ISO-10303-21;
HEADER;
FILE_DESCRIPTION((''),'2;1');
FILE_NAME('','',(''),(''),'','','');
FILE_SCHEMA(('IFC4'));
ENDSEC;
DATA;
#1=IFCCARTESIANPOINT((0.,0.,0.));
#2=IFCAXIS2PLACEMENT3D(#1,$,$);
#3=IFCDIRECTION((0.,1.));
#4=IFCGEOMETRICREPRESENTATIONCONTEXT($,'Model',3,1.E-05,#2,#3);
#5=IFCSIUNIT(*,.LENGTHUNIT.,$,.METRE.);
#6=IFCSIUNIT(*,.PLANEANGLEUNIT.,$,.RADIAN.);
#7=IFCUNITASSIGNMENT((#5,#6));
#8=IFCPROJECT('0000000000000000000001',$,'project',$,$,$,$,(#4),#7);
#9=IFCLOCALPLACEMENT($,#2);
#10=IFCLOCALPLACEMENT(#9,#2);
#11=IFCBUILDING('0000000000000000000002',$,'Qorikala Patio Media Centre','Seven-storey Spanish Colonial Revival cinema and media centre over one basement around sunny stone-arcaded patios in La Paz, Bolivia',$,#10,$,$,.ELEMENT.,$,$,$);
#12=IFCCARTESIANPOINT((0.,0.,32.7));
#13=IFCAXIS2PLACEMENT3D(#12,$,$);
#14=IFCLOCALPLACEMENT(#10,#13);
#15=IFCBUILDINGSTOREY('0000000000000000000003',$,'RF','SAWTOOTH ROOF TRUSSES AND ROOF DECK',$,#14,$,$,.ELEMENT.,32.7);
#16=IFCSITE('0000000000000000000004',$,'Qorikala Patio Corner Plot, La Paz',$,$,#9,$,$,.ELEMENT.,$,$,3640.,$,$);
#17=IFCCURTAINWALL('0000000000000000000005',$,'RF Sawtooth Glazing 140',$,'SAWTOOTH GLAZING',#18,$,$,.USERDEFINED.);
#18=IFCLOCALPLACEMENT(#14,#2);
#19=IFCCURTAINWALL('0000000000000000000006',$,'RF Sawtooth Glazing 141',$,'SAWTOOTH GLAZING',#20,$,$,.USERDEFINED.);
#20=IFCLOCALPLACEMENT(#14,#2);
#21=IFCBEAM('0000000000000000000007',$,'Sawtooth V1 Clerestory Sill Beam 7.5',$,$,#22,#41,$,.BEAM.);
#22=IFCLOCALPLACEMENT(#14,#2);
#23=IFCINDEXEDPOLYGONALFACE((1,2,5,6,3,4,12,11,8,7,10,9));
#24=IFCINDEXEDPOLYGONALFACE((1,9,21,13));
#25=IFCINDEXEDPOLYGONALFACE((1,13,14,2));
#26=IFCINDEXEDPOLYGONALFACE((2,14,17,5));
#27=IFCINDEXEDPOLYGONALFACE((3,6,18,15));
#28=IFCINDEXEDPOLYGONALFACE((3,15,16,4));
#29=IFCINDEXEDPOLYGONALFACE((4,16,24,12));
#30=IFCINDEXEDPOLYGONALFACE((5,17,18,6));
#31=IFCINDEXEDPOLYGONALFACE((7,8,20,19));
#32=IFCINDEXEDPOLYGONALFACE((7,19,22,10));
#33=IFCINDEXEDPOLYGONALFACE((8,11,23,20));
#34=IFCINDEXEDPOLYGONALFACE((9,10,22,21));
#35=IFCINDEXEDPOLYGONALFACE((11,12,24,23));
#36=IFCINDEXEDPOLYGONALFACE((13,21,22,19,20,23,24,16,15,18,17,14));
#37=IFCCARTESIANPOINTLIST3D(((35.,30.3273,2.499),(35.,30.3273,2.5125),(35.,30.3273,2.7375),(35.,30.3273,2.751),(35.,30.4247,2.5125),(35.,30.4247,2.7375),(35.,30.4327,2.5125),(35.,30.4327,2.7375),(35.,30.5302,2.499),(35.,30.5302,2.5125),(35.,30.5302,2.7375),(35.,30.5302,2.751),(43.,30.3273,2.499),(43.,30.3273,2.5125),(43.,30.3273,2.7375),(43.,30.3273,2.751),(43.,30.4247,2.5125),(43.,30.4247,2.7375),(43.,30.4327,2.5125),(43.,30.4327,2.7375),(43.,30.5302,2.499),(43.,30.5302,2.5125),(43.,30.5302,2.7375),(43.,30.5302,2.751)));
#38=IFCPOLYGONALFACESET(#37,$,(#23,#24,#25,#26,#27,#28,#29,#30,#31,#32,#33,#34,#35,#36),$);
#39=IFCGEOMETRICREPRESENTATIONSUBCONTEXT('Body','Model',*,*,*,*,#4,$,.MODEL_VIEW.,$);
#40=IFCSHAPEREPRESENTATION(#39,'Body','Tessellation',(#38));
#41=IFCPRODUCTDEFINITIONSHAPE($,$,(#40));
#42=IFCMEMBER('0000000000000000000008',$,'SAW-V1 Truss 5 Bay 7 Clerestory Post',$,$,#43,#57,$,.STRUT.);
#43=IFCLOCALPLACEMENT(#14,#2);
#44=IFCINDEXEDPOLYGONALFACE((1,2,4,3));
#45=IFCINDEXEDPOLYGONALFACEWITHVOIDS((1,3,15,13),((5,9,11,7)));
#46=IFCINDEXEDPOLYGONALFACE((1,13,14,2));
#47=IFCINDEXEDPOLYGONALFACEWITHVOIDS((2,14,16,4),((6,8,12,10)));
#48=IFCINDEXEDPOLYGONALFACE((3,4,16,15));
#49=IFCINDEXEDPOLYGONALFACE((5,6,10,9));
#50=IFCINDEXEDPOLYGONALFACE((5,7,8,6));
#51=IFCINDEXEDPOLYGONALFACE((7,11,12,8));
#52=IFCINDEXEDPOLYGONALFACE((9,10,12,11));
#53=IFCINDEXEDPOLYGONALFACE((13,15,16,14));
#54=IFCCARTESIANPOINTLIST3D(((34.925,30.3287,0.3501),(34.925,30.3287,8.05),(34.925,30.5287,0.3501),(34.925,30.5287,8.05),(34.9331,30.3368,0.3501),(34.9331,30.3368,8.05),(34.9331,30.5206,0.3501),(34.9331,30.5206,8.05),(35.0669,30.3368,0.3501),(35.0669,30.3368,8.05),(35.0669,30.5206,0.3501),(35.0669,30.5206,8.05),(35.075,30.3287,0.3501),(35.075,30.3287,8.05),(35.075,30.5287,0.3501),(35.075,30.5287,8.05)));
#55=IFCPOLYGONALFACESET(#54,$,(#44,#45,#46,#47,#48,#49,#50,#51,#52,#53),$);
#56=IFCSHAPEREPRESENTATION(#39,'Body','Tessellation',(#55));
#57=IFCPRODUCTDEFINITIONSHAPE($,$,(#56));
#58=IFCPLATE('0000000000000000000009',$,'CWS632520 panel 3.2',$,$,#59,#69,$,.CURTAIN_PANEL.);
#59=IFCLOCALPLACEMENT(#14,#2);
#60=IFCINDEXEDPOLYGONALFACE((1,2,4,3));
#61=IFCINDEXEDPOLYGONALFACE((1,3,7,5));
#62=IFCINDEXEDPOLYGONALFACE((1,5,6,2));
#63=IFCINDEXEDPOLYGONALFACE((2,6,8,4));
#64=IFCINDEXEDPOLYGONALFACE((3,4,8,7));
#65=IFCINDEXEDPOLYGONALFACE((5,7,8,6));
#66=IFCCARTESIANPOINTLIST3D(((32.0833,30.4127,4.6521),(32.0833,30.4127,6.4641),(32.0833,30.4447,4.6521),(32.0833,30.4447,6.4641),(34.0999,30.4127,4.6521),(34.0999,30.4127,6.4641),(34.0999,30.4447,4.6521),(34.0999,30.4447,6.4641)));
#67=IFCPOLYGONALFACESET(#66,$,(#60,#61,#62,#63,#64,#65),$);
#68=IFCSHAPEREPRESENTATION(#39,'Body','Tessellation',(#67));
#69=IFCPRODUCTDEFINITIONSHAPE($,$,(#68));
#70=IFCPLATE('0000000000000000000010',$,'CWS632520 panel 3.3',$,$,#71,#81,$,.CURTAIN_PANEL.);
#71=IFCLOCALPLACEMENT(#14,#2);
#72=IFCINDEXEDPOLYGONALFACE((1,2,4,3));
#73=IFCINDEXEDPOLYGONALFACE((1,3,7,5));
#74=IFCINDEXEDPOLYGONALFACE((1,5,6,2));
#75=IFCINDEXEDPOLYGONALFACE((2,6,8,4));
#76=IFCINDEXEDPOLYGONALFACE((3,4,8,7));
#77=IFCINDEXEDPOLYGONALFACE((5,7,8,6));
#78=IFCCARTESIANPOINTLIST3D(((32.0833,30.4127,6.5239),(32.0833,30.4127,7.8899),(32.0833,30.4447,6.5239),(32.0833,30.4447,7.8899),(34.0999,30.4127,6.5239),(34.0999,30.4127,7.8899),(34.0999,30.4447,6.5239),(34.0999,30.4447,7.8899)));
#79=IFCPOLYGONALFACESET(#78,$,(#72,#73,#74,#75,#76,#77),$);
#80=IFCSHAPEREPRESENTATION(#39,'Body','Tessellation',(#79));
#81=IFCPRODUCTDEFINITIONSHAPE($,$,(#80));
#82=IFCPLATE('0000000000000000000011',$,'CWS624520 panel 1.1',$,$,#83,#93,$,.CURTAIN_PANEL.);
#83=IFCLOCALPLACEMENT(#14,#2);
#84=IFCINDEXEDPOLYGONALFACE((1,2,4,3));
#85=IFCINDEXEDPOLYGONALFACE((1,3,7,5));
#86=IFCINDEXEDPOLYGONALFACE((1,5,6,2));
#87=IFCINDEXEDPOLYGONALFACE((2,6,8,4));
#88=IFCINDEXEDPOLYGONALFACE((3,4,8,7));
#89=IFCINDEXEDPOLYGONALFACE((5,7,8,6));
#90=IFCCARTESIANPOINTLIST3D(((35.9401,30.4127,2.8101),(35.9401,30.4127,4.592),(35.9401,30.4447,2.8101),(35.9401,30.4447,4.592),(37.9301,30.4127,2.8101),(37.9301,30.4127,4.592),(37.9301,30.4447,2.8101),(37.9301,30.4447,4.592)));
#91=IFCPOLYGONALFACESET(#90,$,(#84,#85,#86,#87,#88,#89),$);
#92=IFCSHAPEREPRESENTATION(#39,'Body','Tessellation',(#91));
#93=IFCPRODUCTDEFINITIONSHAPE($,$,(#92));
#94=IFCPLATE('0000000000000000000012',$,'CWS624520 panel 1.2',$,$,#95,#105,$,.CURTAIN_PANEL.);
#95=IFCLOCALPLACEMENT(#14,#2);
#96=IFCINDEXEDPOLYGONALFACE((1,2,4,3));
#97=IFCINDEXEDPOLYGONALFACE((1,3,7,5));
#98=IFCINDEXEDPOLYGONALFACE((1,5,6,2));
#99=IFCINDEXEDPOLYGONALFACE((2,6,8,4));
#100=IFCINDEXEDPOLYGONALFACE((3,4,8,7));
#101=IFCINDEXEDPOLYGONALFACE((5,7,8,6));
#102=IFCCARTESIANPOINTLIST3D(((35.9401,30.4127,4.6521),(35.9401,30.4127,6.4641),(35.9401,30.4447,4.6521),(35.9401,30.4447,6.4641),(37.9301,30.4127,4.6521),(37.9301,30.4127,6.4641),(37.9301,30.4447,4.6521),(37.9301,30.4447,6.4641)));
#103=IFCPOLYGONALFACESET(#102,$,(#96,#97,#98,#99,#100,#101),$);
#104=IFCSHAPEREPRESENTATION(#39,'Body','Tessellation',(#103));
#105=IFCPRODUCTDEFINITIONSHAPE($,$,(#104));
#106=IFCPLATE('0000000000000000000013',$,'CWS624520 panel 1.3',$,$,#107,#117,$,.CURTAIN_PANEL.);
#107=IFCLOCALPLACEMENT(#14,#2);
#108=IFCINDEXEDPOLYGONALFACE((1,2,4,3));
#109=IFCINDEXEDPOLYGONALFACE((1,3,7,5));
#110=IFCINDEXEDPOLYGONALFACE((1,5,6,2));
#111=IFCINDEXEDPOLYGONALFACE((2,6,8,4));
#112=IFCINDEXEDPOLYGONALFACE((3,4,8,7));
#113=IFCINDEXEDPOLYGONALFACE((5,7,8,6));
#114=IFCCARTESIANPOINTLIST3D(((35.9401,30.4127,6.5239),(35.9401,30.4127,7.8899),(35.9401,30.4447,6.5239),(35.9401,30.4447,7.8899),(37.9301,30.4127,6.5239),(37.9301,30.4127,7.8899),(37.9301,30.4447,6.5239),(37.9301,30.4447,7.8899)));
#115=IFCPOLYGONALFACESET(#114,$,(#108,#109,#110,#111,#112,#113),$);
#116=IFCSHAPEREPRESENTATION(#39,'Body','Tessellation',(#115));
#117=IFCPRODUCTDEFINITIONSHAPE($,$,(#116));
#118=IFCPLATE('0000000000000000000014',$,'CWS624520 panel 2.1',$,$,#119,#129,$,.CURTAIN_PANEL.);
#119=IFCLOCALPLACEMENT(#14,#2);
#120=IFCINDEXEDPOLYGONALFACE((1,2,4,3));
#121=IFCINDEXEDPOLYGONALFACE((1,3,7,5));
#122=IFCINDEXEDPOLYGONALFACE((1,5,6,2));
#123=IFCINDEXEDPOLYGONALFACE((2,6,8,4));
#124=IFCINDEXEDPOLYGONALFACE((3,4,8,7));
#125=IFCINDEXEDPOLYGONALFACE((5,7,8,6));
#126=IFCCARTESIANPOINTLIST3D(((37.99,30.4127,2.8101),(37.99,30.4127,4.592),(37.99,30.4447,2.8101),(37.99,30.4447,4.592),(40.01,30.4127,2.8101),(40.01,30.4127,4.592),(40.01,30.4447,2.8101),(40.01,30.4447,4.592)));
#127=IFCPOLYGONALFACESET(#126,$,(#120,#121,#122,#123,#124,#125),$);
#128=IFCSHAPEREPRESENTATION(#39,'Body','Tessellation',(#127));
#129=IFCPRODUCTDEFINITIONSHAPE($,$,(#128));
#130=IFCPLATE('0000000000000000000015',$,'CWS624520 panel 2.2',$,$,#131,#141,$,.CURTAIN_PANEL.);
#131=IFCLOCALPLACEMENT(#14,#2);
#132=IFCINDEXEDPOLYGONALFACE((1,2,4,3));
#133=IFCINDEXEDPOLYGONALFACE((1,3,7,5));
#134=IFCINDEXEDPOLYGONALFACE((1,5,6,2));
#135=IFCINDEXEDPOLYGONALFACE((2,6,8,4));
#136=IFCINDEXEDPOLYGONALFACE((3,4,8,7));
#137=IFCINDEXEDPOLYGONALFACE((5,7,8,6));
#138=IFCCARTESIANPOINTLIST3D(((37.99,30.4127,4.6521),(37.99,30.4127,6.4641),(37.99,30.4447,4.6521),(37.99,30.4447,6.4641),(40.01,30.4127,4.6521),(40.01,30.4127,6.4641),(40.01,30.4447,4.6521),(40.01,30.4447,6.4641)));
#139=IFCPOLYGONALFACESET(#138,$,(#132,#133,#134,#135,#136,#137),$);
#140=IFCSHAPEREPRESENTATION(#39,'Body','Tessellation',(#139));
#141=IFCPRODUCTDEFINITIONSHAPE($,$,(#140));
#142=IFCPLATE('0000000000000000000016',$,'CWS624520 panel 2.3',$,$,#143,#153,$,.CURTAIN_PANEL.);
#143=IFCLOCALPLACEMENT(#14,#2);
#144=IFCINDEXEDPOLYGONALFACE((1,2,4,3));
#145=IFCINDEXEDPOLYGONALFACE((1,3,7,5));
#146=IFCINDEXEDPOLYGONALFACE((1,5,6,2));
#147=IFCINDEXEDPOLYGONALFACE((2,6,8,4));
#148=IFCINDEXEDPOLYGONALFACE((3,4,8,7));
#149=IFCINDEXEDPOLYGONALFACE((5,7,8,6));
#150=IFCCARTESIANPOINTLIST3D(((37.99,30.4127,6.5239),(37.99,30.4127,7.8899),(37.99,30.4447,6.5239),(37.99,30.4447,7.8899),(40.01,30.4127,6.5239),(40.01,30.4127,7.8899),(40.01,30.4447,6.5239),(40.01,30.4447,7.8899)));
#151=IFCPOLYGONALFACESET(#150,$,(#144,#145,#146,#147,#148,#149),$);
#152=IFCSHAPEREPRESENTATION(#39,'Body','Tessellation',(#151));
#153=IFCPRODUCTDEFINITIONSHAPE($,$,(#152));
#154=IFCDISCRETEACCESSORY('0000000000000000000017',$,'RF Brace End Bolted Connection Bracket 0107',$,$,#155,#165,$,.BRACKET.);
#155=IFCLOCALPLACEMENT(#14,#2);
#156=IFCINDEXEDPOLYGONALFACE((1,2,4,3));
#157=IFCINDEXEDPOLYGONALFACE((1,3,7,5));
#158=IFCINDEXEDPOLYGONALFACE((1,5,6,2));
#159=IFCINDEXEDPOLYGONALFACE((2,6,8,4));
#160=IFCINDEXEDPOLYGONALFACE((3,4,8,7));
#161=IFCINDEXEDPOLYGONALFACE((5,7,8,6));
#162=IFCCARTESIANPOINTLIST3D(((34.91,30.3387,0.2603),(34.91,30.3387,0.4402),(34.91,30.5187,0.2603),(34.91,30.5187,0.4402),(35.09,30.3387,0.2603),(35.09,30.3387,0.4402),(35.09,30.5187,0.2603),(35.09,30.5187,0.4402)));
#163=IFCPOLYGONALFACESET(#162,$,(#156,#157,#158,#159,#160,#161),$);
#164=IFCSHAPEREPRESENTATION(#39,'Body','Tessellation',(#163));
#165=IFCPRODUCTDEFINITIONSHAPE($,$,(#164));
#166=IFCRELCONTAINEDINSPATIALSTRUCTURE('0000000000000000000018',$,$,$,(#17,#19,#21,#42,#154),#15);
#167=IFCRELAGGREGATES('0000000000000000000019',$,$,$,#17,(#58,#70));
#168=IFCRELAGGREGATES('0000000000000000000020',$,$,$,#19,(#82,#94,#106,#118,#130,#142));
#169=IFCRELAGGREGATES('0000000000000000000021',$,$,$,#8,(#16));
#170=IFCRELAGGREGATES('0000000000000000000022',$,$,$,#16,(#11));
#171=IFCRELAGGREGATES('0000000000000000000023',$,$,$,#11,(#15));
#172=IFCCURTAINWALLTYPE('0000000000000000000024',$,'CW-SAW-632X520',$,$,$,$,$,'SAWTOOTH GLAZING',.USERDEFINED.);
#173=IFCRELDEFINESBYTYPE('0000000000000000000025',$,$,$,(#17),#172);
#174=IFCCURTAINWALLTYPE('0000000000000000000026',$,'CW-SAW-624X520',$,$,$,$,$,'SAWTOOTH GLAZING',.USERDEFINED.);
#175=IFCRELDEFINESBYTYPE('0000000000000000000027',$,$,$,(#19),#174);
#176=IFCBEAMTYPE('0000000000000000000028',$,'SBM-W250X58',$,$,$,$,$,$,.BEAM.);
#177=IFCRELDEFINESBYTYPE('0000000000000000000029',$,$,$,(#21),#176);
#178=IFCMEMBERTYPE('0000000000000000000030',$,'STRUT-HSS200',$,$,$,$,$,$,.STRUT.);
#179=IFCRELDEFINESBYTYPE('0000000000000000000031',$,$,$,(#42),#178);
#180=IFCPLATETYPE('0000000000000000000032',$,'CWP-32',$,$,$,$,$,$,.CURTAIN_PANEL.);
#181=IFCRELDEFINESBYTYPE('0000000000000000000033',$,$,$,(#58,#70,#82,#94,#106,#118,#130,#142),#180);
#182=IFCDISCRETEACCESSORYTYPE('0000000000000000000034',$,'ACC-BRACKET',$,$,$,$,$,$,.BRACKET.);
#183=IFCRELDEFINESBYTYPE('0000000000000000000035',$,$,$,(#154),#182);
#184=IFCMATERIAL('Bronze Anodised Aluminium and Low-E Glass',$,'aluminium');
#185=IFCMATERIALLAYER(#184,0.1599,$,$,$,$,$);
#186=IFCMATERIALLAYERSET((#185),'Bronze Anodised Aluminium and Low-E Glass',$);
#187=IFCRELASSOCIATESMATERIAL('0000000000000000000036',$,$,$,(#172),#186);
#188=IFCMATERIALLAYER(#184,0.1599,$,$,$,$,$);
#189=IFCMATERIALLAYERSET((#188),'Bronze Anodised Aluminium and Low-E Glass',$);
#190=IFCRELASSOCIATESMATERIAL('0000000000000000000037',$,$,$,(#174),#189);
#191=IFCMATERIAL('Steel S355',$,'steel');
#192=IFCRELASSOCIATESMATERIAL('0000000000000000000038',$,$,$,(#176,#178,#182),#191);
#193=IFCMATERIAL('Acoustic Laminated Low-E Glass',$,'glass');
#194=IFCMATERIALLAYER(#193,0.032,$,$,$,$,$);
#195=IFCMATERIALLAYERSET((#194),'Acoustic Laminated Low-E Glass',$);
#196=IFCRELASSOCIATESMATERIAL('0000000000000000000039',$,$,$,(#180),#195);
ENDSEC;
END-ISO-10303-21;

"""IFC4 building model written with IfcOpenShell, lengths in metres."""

from ifc_helpers import new_model, si_unit, direction, frame, origin, origin_2d, place, context, subcontext, project, spatial, rectangle, hollow_rectangle, i_section, extrude, material, layer, layer_set, material_profile, profile_set, type_object, element, aggregate, save


model = new_model("IFC4")

# Units and contexts
model_context = context("Model", 3, precision=1e-05, world=origin(), true_north=direction((0.0, 1.0)))
body_context = subcontext(model_context, "Body", "Model", "MODEL_VIEW")
ifc_project = project(units=[si_unit("LENGTHUNIT", "METRE"), si_unit("PLANEANGLEUNIT", "RADIAN")], contexts=[model_context])

# Site, building, storey
site_placement = place(None, origin())
site = spatial("IfcSite", under=ifc_project, at=site_placement, Name="Qorikala Patio Corner Plot, La Paz", CompositionType="ELEMENT", RefElevation=3640.0)
building_placement = place(site_placement, origin())
building = spatial("IfcBuilding", under=site, at=building_placement, Name="Qorikala Patio Media Centre", Description="Seven-storey Spanish Colonial Revival cinema and media centre over one basement around sunny stone-arcaded patios in La Paz, Bolivia", CompositionType="ELEMENT")
storey_placement = place(building_placement, frame((0.0, 0.0, 32.7)))
storey = spatial("IfcBuildingStorey", under=building, at=storey_placement, Name="RF", Description="SAWTOOTH ROOF TRUSSES AND ROOF DECK", CompositionType="ELEMENT", Elevation=32.7)

# Shared definitions
ifc_material_1 = material(Name="Steel S355", Category="steel")

# Curtain wall
ifc_material_2 = material(Name="Bronze Anodised Aluminium and Low-E Glass", Category="aluminium")
ifc_layer_1 = layer(ifc_material_2, 0.1599)
ifc_layer_set_1 = layer_set([ifc_layer_1], Name="Bronze Anodised Aluminium and Low-E Glass")
curtain_wall_type_1 = type_object("IfcCurtainWallType", Name="CW-SAW-632X520", ElementType="SAWTOOTH GLAZING", PredefinedType="USERDEFINED", material=ifc_layer_set_1)
curtain_wall_1_placement = place(storey_placement, origin())
curtain_wall_1 = element("IfcCurtainWall", 1, at=curtain_wall_1_placement, inside=storey, type_object=curtain_wall_type_1, Name="RF Sawtooth Glazing 140", ObjectType="SAWTOOTH GLAZING", PredefinedType="USERDEFINED")

# Curtain wall
ifc_layer_2 = layer(ifc_material_2, 0.1599)
ifc_layer_set_2 = layer_set([ifc_layer_2], Name="Bronze Anodised Aluminium and Low-E Glass")
curtain_wall_type_2 = type_object("IfcCurtainWallType", Name="CW-SAW-624X520", ElementType="SAWTOOTH GLAZING", PredefinedType="USERDEFINED", material=ifc_layer_set_2)
curtain_wall_2_placement = place(storey_placement, origin())
curtain_wall_2 = element("IfcCurtainWall", 2, at=curtain_wall_2_placement, inside=storey, type_object=curtain_wall_type_2, Name="RF Sawtooth Glazing 141", ObjectType="SAWTOOTH GLAZING", PredefinedType="USERDEFINED")

# Beam
ifc_material_profile_1 = material_profile(ifc_material_1, i_section(OverallWidth=0.2029, OverallDepth=0.252, WebThickness=0.0081, FlangeThickness=0.0134, at=origin_2d()), Name="W250X58")
ifc_profile_set_1 = profile_set([ifc_material_profile_1], Name="Steel S355")
beam_type = type_object("IfcBeamType", Name="SBM-W250X58", PredefinedType="BEAM", material=ifc_profile_set_1)
beam_placement = place(storey_placement, frame((35.0, 30.4287, 2.625), z_axis=(1.0, 0.0, 0.0), x_axis=(0.0, 1.0, 0.0)))
element("IfcBeam", 3, at=beam_placement, inside=storey, type_object=beam_type, Name="Sawtooth V1 Clerestory Sill Beam 7.5", PredefinedType="BEAM", context=body_context, shape_type="SweptSolid", body=[
    extrude(i_section(OverallWidth=0.2029, OverallDepth=0.252, WebThickness=0.0081, FlangeThickness=0.0134, at=origin_2d()), origin(), (0.0, 0.0, 1.0), 8.0),
])

# Member
ifc_material_profile_2 = material_profile(ifc_material_1, hollow_rectangle(XDim=0.1499, YDim=0.2, WallThickness=0.0081, at=origin_2d()), Name="HSS200X150X8")
ifc_profile_set_2 = profile_set([ifc_material_profile_2], Name="Steel S355")
member_type_1 = type_object("IfcMemberType", Name="STRUT-HSS200", PredefinedType="STRUT", material=ifc_profile_set_2)
member_1_placement = place(storey_placement, frame((35.0, 30.4287, 0.3501), z_axis=(0.0, 0.0, 1.0), x_axis=(1.0, 0.0, 0.0)))
element("IfcMember", 4, at=member_1_placement, inside=storey, type_object=member_type_1, Name="SAW-V1 Truss 5 Bay 7 Clerestory Post", PredefinedType="STRUT", context=body_context, shape_type="SweptSolid", body=[
    extrude(hollow_rectangle(XDim=0.1499, YDim=0.2, WallThickness=0.0081, at=origin_2d()), origin(), (0.0, 0.0, 1.0), 7.7),
])

# Plates
ifc_material_3 = material(Name="Acoustic Laminated Low-E Glass", Category="glass")
ifc_layer_3 = layer(ifc_material_3, 0.032)
ifc_layer_set_3 = layer_set([ifc_layer_3], Name="Acoustic Laminated Low-E Glass")
plate_type = type_object("IfcPlateType", Name="CWP-32", PredefinedType="CURTAIN_PANEL", material=ifc_layer_set_3)
plate_1_placement = place(storey_placement, frame((33.0916, 30.4287, 4.6521), z_axis=(0.0, 0.0, 1.0), x_axis=(1.0, 0.0, 0.0)))
plate_1 = element("IfcPlate", 5, at=plate_1_placement, type_object=plate_type, Name="CWS632520 panel 3.2", PredefinedType="CURTAIN_PANEL", context=body_context, shape_type="SweptSolid", body=[
    extrude(rectangle(XDim=2.0166, YDim=0.032, at=origin_2d()), origin(), (0.0, 0.0, 1.0), 1.812),
])
plate_2_placement = place(storey_placement, frame((33.0916, 30.4287, 6.5239), z_axis=(0.0, 0.0, 1.0), x_axis=(1.0, 0.0, 0.0)))
plate_2 = element("IfcPlate", 6, at=plate_2_placement, type_object=plate_type, Name="CWS632520 panel 3.3", PredefinedType="CURTAIN_PANEL", context=body_context, shape_type="SweptSolid", body=[
    extrude(rectangle(XDim=2.0166, YDim=0.032, at=origin_2d()), origin(), (0.0, 0.0, 1.0), 1.366),
])
aggregate(curtain_wall_1, [plate_1, plate_2])
plate_3_placement = place(storey_placement, frame((36.9351, 30.4287, 2.8101), z_axis=(0.0, 0.0, 1.0), x_axis=(1.0, 0.0, 0.0)))
plate_3 = element("IfcPlate", 7, at=plate_3_placement, type_object=plate_type, Name="CWS624520 panel 1.1", PredefinedType="CURTAIN_PANEL", context=body_context, shape_type="SweptSolid", body=[
    extrude(rectangle(XDim=1.99, YDim=0.032, at=origin_2d()), origin(), (0.0, 0.0, 1.0), 1.782),
])
plate_4_placement = place(storey_placement, frame((36.9351, 30.4287, 4.6521), z_axis=(0.0, 0.0, 1.0), x_axis=(1.0, 0.0, 0.0)))
plate_4 = element("IfcPlate", 8, at=plate_4_placement, type_object=plate_type, Name="CWS624520 panel 1.2", PredefinedType="CURTAIN_PANEL", context=body_context, shape_type="SweptSolid", body=[
    extrude(rectangle(XDim=1.99, YDim=0.032, at=origin_2d()), origin(), (0.0, 0.0, 1.0), 1.812),
])
plate_5_placement = place(storey_placement, frame((36.9351, 30.4287, 6.5239), z_axis=(0.0, 0.0, 1.0), x_axis=(1.0, 0.0, 0.0)))
plate_5 = element("IfcPlate", 9, at=plate_5_placement, type_object=plate_type, Name="CWS624520 panel 1.3", PredefinedType="CURTAIN_PANEL", context=body_context, shape_type="SweptSolid", body=[
    extrude(rectangle(XDim=1.99, YDim=0.032, at=origin_2d()), origin(), (0.0, 0.0, 1.0), 1.366),
])
plate_6_placement = place(storey_placement, frame((39.0, 30.4287, 2.8101), z_axis=(0.0, 0.0, 1.0), x_axis=(1.0, 0.0, 0.0)))
plate_6 = element("IfcPlate", 10, at=plate_6_placement, type_object=plate_type, Name="CWS624520 panel 2.1", PredefinedType="CURTAIN_PANEL", context=body_context, shape_type="SweptSolid", body=[
    extrude(rectangle(XDim=2.02, YDim=0.032, at=origin_2d()), origin(), (0.0, 0.0, 1.0), 1.782),
])
plate_7_placement = place(storey_placement, frame((39.0, 30.4287, 4.6521), z_axis=(0.0, 0.0, 1.0), x_axis=(1.0, 0.0, 0.0)))
plate_7 = element("IfcPlate", 11, at=plate_7_placement, type_object=plate_type, Name="CWS624520 panel 2.2", PredefinedType="CURTAIN_PANEL", context=body_context, shape_type="SweptSolid", body=[
    extrude(rectangle(XDim=2.02, YDim=0.032, at=origin_2d()), origin(), (0.0, 0.0, 1.0), 1.812),
])
plate_8_placement = place(storey_placement, frame((39.0, 30.4287, 6.5239), z_axis=(0.0, 0.0, 1.0), x_axis=(1.0, 0.0, 0.0)))
plate_8 = element("IfcPlate", 12, at=plate_8_placement, type_object=plate_type, Name="CWS624520 panel 2.3", PredefinedType="CURTAIN_PANEL", context=body_context, shape_type="SweptSolid", body=[
    extrude(rectangle(XDim=2.02, YDim=0.032, at=origin_2d()), origin(), (0.0, 0.0, 1.0), 1.366),
])
aggregate(curtain_wall_2, [plate_3, plate_4, plate_5, plate_6, plate_7, plate_8])

# Discrete accessory
discrete_accessory_type = type_object("IfcDiscreteAccessoryType", Name="ACC-BRACKET", PredefinedType="BRACKET", material=ifc_material_1)
discrete_accessory_placement = place(storey_placement, frame((35.0, 30.4287, 0.2603), z_axis=(0.0, 0.0, 1.0), x_axis=(1.0, 0.0, 0.0)))
element("IfcDiscreteAccessory", 13, at=discrete_accessory_placement, inside=storey, type_object=discrete_accessory_type, Name="RF Brace End Bolted Connection Bracket 0107", PredefinedType="BRACKET", context=body_context, shape_type="SweptSolid", body=[
    extrude(rectangle(XDim=0.1799, YDim=0.1799, at=origin_2d()), origin(), (0.0, 0.0, 1.0), 0.1799),
])

save(model, "model.ifc")
